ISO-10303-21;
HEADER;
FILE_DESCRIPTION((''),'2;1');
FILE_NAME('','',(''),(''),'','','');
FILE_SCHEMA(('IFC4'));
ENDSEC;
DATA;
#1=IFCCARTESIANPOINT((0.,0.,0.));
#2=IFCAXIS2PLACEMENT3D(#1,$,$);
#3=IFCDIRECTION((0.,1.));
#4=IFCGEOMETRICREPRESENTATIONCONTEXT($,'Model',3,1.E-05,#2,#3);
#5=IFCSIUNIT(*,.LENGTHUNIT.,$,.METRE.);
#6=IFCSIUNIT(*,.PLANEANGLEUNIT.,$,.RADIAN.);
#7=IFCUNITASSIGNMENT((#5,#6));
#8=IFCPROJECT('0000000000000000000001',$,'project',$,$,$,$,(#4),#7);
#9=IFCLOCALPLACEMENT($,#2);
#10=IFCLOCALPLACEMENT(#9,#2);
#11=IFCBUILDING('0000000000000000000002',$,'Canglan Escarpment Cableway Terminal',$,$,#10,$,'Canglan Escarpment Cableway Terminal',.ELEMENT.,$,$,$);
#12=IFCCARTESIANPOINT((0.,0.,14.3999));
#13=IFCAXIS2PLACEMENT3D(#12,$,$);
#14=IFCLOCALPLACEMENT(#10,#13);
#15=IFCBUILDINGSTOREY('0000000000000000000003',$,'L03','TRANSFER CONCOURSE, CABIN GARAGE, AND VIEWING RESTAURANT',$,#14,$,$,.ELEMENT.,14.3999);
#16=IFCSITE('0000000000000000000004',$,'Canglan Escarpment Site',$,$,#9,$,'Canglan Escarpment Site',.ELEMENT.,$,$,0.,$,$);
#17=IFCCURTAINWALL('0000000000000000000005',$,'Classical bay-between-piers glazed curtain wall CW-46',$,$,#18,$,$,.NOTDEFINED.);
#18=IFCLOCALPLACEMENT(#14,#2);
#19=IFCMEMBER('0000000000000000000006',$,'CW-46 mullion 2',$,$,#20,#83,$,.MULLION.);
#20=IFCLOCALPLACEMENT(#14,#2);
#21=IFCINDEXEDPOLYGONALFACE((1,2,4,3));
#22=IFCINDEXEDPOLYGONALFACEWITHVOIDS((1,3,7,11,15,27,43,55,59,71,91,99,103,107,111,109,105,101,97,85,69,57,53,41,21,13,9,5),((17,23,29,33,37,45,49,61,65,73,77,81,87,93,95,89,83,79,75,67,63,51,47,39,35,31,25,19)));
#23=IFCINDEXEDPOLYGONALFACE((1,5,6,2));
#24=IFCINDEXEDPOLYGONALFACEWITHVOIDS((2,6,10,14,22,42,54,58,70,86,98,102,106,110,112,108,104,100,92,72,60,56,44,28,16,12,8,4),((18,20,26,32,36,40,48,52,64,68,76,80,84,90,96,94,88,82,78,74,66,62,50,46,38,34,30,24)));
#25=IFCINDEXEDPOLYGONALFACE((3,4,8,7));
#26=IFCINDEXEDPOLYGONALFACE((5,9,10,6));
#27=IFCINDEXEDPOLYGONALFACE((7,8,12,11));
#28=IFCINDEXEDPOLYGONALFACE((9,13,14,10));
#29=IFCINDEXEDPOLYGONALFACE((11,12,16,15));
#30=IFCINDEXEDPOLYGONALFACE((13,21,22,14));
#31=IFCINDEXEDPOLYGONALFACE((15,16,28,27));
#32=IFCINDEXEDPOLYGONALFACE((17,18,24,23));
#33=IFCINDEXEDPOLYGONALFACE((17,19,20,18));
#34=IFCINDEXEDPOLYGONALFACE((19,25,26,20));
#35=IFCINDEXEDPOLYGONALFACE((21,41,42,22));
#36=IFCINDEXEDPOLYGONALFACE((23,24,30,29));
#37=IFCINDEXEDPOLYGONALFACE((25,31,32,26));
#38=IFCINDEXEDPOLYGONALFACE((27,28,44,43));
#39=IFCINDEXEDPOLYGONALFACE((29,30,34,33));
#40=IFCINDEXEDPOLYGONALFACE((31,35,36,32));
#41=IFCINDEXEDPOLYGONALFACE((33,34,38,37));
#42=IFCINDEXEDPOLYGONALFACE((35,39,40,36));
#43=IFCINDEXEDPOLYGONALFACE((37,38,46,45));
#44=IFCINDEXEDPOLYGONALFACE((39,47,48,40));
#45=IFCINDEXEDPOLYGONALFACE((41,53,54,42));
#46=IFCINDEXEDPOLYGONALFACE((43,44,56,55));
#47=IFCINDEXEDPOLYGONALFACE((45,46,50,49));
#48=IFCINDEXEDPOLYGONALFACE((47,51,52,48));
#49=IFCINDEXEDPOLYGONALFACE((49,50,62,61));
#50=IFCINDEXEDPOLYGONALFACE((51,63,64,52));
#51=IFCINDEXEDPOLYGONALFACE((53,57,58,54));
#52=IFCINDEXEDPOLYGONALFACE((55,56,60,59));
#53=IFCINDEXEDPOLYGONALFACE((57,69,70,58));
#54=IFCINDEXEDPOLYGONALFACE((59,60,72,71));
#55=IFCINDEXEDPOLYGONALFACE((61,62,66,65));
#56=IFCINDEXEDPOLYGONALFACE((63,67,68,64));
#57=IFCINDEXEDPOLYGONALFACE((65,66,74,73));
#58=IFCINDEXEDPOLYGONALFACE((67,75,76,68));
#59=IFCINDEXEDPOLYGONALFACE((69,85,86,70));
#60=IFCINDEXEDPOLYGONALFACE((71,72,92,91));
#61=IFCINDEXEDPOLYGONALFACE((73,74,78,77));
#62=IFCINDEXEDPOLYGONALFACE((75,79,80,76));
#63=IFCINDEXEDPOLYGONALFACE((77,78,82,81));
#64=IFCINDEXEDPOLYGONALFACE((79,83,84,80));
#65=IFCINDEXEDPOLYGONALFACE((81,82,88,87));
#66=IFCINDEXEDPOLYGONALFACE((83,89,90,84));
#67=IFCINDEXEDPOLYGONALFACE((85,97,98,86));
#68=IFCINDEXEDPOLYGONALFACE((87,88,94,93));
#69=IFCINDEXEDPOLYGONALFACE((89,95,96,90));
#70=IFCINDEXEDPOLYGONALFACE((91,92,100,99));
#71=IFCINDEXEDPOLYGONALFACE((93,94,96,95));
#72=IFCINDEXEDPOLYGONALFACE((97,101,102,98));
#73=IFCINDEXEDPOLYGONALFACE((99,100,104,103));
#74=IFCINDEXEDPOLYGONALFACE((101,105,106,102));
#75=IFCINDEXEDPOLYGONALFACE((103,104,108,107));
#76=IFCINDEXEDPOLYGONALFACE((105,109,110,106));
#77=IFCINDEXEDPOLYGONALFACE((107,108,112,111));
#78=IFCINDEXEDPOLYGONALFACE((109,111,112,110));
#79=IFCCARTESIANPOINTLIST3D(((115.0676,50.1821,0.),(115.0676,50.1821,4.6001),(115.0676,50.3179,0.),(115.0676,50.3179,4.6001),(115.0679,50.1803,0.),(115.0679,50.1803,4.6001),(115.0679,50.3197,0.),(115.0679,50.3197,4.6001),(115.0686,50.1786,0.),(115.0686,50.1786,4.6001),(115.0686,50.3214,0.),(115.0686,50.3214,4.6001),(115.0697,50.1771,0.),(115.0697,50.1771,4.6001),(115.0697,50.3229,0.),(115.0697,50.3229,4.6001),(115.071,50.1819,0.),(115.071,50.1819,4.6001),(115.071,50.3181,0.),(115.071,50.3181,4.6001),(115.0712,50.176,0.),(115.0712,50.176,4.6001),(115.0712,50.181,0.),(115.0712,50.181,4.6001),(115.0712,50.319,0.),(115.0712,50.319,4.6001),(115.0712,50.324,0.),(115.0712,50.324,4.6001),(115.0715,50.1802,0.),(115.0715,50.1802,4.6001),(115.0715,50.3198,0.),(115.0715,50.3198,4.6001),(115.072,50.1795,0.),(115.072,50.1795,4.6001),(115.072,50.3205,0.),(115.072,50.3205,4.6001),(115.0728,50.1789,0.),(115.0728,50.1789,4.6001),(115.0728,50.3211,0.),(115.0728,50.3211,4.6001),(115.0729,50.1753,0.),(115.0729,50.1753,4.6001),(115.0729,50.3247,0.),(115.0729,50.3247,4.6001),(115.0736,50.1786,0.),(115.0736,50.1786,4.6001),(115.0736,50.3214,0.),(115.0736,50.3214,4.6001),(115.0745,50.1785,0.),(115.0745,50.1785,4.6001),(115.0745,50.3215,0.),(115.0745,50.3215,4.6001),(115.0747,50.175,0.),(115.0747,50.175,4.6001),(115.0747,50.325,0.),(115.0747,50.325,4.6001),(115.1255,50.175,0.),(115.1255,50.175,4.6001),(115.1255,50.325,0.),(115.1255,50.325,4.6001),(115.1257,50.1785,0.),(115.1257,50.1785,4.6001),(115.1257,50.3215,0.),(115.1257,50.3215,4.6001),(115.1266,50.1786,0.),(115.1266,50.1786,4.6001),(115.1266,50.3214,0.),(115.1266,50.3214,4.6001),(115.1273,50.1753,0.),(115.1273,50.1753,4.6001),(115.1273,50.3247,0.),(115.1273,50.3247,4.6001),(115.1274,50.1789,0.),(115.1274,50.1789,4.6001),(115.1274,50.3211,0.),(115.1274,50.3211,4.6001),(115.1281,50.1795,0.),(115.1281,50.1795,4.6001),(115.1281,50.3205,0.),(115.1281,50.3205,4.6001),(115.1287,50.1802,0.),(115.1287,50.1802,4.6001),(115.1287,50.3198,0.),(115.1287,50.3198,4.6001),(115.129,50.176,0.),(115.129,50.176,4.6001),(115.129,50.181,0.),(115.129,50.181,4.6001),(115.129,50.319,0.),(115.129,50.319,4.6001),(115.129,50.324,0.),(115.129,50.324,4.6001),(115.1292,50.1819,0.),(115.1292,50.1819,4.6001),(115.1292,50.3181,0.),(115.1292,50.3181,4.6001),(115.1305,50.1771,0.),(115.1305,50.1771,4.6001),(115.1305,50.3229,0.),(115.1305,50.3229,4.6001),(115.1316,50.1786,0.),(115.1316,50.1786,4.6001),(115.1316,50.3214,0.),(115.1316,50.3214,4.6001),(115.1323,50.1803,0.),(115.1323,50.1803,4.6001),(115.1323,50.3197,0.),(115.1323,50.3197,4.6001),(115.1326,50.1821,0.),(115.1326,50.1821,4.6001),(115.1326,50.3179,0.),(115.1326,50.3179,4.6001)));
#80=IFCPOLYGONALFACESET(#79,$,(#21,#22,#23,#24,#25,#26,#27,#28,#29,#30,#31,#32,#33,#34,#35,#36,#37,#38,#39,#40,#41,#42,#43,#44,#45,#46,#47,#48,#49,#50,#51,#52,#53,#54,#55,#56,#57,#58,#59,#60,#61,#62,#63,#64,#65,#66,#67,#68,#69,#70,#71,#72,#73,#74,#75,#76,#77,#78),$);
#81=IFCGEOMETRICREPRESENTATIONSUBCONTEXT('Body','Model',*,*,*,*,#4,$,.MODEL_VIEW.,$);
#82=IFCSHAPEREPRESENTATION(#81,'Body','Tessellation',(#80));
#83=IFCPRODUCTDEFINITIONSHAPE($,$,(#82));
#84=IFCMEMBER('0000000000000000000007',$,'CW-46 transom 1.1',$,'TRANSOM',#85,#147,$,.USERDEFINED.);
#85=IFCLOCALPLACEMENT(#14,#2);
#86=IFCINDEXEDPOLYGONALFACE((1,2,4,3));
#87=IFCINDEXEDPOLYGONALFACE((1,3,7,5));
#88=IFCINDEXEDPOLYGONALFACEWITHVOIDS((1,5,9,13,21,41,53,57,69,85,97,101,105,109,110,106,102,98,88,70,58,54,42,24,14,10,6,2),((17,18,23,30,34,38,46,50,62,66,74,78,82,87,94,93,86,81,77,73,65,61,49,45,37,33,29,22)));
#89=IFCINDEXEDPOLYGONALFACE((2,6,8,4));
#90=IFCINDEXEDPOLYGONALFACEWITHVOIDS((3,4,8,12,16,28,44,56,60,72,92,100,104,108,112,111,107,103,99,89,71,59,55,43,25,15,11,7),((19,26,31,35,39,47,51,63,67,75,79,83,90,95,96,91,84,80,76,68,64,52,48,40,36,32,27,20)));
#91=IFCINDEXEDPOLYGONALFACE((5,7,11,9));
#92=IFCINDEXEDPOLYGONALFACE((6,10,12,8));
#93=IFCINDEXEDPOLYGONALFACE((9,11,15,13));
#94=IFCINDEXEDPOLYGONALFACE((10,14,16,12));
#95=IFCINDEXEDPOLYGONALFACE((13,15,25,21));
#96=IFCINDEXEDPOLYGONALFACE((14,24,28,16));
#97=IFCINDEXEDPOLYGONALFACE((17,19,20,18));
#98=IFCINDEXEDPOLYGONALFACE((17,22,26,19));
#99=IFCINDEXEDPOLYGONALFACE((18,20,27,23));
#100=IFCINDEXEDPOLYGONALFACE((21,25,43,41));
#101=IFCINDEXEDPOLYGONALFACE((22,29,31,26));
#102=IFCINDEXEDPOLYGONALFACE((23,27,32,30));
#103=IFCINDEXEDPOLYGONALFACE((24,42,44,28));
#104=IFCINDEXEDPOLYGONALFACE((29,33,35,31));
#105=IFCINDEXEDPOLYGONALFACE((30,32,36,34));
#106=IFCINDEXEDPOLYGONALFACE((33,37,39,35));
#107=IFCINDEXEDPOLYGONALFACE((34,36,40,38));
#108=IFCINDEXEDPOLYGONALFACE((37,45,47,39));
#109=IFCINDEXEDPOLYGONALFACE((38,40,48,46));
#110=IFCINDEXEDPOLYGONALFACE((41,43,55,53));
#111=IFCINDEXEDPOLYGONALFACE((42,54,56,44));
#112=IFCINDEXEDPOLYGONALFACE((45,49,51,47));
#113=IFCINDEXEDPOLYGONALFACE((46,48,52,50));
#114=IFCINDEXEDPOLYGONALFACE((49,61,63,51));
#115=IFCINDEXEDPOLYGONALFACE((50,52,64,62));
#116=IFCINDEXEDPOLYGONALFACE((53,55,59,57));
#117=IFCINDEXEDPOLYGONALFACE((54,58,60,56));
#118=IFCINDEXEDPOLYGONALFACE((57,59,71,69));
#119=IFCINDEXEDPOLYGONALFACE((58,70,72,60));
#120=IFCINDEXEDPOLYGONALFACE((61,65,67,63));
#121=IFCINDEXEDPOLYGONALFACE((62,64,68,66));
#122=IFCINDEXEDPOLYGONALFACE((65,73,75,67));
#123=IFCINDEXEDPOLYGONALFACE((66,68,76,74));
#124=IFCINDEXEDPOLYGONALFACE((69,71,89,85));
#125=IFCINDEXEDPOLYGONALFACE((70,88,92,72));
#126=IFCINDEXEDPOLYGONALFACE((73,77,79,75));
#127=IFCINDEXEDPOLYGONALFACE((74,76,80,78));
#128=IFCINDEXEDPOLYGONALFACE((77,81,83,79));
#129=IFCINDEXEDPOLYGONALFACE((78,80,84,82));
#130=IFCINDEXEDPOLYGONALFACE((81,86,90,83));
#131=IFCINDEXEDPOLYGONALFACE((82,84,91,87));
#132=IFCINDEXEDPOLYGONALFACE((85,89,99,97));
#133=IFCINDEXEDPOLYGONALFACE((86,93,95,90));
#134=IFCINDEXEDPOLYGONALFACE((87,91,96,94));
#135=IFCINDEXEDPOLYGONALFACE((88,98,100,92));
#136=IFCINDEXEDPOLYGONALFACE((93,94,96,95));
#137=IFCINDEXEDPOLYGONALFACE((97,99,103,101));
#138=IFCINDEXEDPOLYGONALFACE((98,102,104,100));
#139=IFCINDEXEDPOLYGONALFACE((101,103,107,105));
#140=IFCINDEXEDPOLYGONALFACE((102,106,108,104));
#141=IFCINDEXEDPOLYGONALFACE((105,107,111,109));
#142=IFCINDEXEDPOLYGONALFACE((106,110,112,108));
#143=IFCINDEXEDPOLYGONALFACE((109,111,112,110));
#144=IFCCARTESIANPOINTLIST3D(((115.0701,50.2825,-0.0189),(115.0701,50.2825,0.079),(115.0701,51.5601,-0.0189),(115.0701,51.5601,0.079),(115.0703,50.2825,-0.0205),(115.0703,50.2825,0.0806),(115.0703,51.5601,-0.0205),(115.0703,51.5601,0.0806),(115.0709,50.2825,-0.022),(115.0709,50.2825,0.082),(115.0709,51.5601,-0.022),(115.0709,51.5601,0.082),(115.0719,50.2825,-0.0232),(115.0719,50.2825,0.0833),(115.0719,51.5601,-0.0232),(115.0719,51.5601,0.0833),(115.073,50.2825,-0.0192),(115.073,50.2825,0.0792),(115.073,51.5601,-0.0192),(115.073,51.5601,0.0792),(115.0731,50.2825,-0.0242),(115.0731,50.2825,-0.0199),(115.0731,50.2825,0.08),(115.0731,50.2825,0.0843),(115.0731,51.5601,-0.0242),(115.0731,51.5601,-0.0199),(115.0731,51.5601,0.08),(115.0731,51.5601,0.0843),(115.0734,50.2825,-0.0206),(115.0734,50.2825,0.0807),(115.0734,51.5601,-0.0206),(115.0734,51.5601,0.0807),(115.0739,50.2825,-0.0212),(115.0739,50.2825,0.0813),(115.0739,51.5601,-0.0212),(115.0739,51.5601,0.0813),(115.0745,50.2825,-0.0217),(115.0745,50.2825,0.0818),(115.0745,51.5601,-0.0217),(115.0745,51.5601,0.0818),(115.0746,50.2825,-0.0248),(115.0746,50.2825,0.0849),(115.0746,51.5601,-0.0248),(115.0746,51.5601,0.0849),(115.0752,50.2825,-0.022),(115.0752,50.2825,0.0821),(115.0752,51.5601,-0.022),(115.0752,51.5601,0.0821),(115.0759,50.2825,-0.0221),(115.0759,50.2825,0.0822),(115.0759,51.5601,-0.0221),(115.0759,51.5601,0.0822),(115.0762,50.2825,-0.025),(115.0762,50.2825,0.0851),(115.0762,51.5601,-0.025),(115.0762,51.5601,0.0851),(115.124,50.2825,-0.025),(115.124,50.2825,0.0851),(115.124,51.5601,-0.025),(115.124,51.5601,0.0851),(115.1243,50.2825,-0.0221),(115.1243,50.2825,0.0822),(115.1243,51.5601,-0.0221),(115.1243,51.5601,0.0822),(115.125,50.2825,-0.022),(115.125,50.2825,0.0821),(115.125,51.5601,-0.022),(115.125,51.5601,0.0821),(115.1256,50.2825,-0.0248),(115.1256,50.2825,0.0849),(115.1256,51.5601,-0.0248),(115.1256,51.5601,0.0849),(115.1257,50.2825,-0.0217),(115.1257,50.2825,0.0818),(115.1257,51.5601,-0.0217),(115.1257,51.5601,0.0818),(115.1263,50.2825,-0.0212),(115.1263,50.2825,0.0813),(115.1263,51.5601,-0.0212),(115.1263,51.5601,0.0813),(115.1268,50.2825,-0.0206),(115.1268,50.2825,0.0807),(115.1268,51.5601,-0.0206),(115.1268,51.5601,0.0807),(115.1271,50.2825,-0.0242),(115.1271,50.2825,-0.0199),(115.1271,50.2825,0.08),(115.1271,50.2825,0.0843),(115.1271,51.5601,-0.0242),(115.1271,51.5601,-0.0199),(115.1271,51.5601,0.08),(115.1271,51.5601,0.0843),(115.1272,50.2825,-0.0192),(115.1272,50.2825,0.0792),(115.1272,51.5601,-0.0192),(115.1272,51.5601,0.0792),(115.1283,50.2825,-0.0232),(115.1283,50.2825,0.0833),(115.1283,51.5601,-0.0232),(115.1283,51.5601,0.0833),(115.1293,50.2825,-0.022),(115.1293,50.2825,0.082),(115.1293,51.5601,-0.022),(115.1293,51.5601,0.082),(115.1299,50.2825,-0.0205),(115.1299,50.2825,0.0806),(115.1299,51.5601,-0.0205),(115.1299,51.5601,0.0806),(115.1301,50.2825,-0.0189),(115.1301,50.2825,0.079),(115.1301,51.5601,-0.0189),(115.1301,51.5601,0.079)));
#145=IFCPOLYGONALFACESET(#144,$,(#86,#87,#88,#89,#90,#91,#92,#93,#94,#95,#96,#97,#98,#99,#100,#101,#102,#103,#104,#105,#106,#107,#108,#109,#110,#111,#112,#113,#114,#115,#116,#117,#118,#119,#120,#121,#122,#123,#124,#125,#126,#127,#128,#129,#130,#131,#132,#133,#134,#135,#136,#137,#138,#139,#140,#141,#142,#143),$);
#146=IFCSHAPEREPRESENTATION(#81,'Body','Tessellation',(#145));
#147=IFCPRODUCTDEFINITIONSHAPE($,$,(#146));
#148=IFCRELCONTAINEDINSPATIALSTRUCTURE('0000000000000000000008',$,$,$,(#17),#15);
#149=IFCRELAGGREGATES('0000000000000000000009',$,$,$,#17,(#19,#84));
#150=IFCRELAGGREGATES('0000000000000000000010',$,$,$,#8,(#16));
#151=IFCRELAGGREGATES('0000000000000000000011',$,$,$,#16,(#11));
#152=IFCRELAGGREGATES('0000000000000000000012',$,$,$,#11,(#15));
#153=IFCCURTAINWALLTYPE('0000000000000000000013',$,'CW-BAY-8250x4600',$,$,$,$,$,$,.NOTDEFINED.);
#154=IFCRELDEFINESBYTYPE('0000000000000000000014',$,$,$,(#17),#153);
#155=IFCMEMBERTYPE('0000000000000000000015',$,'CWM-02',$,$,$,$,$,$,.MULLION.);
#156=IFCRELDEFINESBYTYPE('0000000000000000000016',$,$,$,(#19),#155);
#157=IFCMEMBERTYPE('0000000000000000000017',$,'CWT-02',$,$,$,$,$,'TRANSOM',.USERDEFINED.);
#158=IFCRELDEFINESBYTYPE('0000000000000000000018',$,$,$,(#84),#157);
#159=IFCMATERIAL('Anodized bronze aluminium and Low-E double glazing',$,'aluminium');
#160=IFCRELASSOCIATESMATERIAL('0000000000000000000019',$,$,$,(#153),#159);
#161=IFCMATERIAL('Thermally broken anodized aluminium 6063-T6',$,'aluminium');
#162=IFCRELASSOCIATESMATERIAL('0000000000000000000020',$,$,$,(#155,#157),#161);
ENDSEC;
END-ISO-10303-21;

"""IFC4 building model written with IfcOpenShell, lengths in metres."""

from ifc_helpers import new_model, si_unit, direction, frame, origin, origin_2d, place, context, subcontext, project, spatial, hollow_rectangle, extrude, material, material_profile, profile_set, type_object, element, aggregate, save


model = new_model("IFC4")

# Units and contexts
model_context = context("Model", 3, precision=1e-05, world=origin(), true_north=direction((0.0, 1.0)))
body_context = subcontext(model_context, "Body", "Model", "MODEL_VIEW")
ifc_project = project(units=[si_unit("LENGTHUNIT", "METRE"), si_unit("PLANEANGLEUNIT", "RADIAN")], contexts=[model_context])

# Site, building, storey
site_placement = place(None, origin())
site = spatial("IfcSite", under=ifc_project, at=site_placement, Name="Canglan Escarpment Site", LongName="Canglan Escarpment Site", CompositionType="ELEMENT", RefElevation=0.0)
building_placement = place(site_placement, origin())
building = spatial("IfcBuilding", under=site, at=building_placement, Name="Canglan Escarpment Cableway Terminal", LongName="Canglan Escarpment Cableway Terminal", CompositionType="ELEMENT")
storey_placement = place(building_placement, frame((0.0, 0.0, 14.3999)))
storey = spatial("IfcBuildingStorey", under=building, at=storey_placement, Name="L03", Description="TRANSFER CONCOURSE, CABIN GARAGE, AND VIEWING RESTAURANT", CompositionType="ELEMENT", Elevation=14.3999)

# Curtain wall, members
ifc_material_1 = material(Name="Anodized bronze aluminium and Low-E double glazing", Category="aluminium")
curtain_wall_type = type_object("IfcCurtainWallType", Name="CW-BAY-8250x4600", PredefinedType="NOTDEFINED", material=ifc_material_1)
curtain_wall_placement = place(storey_placement, origin())
curtain_wall = element("IfcCurtainWall", 1, at=curtain_wall_placement, inside=storey, type_object=curtain_wall_type, Name="Classical bay-between-piers glazed curtain wall CW-46", PredefinedType="NOTDEFINED")
ifc_material_2 = material(Name="Thermally broken anodized aluminium 6063-T6", Category="aluminium")
ifc_material_profile_1 = material_profile(ifc_material_2, hollow_rectangle(XDim=0.0649, YDim=0.1499, WallThickness=0.0034, InnerFilletRadius=0.0034, OuterFilletRadius=0.0071, at=origin_2d()), Name="ALU-MULL 65x150x3.5")
ifc_profile_set_1 = profile_set([ifc_material_profile_1], Name="Thermally broken anodized aluminium 6063-T6")
member_type_1 = type_object("IfcMemberType", Name="CWM-02", PredefinedType="MULLION", material=ifc_profile_set_1)
member_1_placement = place(storey_placement, frame((115.1001, 50.25, 0.0), z_axis=(0.0, 0.0, 1.0), x_axis=(1.0, 0.0, 0.0)))
member_1 = element("IfcMember", 2, at=member_1_placement, type_object=member_type_1, Name="CW-46 mullion 2", PredefinedType="MULLION", context=body_context, shape_type="SweptSolid", body=[
    extrude(hollow_rectangle(XDim=0.0649, YDim=0.1499, WallThickness=0.0034, InnerFilletRadius=0.0034, OuterFilletRadius=0.0071, at=origin_2d()), origin(), (0.0, 0.0, 1.0), 4.6001),
])
ifc_material_profile_2 = material_profile(ifc_material_2, hollow_rectangle(XDim=0.0601, YDim=0.1101, WallThickness=0.0029, InnerFilletRadius=0.0029, OuterFilletRadius=0.0061, at=origin_2d()), Name="ALU-TRAN 60x110x3")
ifc_profile_set_2 = profile_set([ifc_material_profile_2], Name="Thermally broken anodized aluminium 6063-T6")
member_type_2 = type_object("IfcMemberType", Name="CWT-02", ElementType="TRANSOM", PredefinedType="USERDEFINED", material=ifc_profile_set_2)
member_2_placement = place(storey_placement, frame((115.1001, 51.5601, 0.03), z_axis=(0.0, -1.0, 0.0), x_axis=(1.0, 0.0, 0.0)))
member_2 = element("IfcMember", 3, at=member_2_placement, type_object=member_type_2, Name="CW-46 transom 1.1", ObjectType="TRANSOM", PredefinedType="USERDEFINED", context=body_context, shape_type="SweptSolid", body=[
    extrude(hollow_rectangle(XDim=0.0601, YDim=0.1101, WallThickness=0.0029, InnerFilletRadius=0.0029, OuterFilletRadius=0.0061, at=origin_2d()), origin(), (0.0, 0.0, 1.0), 1.2776),
])

aggregate(curtain_wall, [member_1, member_2])

save(model, "model.ifc")
